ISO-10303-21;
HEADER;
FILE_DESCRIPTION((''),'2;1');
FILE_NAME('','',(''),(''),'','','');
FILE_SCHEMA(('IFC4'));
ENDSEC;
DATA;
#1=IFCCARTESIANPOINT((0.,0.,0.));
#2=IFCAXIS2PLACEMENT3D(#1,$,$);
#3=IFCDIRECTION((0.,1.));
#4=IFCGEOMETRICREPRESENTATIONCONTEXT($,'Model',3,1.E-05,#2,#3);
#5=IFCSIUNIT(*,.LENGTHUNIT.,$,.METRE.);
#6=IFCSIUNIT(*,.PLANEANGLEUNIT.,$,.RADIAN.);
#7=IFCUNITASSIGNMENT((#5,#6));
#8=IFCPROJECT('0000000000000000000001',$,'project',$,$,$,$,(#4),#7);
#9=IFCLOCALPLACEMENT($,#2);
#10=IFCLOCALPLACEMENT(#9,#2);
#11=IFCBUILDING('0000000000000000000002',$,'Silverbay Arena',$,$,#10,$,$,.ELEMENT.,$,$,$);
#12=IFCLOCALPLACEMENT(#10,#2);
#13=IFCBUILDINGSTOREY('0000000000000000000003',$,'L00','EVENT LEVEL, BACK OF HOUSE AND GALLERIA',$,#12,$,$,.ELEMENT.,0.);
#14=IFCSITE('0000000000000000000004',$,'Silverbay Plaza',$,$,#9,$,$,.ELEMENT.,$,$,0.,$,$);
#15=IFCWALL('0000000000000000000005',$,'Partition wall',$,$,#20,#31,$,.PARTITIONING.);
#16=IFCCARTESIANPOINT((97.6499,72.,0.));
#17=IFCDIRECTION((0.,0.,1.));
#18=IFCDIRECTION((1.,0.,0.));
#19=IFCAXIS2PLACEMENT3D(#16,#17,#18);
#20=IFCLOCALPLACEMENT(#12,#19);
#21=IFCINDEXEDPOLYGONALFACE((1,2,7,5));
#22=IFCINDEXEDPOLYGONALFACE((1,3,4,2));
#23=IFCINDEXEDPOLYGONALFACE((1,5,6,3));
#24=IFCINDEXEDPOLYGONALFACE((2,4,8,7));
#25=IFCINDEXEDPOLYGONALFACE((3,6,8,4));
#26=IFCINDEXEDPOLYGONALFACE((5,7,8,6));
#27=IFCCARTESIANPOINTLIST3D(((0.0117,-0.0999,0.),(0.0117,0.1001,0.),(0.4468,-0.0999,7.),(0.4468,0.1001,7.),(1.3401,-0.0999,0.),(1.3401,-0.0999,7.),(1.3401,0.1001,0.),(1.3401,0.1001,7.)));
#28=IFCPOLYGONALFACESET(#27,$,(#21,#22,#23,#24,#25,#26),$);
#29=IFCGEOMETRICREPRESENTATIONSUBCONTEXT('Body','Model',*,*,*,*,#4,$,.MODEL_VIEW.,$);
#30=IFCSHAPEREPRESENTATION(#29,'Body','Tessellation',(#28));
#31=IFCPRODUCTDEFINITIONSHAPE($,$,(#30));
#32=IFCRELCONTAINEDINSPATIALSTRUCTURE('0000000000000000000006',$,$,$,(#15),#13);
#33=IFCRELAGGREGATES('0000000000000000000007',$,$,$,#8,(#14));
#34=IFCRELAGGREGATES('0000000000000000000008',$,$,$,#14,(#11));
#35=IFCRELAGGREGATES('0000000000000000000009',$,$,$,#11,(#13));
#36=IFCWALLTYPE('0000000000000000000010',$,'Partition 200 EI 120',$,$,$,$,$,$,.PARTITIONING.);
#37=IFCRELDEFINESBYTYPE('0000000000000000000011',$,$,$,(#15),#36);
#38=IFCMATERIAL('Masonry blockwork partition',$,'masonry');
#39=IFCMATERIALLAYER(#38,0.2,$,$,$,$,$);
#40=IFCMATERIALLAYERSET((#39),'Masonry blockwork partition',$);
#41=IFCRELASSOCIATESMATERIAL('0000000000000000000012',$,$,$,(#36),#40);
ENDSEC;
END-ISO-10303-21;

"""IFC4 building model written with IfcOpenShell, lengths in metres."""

from ifc_helpers import new_model, si_unit, direction, frame, origin, place, context, subcontext, project, spatial, polyline, outline, extrude, material, layer, layer_set, type_object, element, save


model = new_model("IFC4")

# Units and contexts
model_context = context("Model", 3, precision=1e-05, world=origin(), true_north=direction((0.0, 1.0)))
body_context = subcontext(model_context, "Body", "Model", "MODEL_VIEW")
ifc_project = project(units=[si_unit("LENGTHUNIT", "METRE"), si_unit("PLANEANGLEUNIT", "RADIAN")], contexts=[model_context])

# Site, building, storey
site_placement = place(None, origin())
site = spatial("IfcSite", under=ifc_project, at=site_placement, Name="Silverbay Plaza", CompositionType="ELEMENT", RefElevation=0.0)
building_placement = place(site_placement, origin())
building = spatial("IfcBuilding", under=site, at=building_placement, Name="Silverbay Arena", CompositionType="ELEMENT")
storey_placement = place(building_placement, origin())
storey = spatial("IfcBuildingStorey", under=building, at=storey_placement, Name="L00", Description="EVENT LEVEL, BACK OF HOUSE AND GALLERIA", CompositionType="ELEMENT", Elevation=0.0)

# Wall
ifc_material_1 = material(Name="Masonry blockwork partition", Category="masonry")
ifc_layer_1 = layer(ifc_material_1, 0.2)
ifc_layer_set_1 = layer_set([ifc_layer_1], Name="Masonry blockwork partition")
wall_type_1 = type_object("IfcWallType", Name="Partition 200 EI 120", PredefinedType="PARTITIONING", material=ifc_layer_set_1)
wall_1_placement = place(storey_placement, frame((97.6499, 72.0, 0.0), z_axis=(0.0, 0.0, 1.0), x_axis=(1.0, 0.0, 0.0)))
element("IfcWall", 1, at=wall_1_placement, inside=storey, type_object=wall_type_1, Name="Partition wall", PredefinedType="PARTITIONING", context=body_context, shape_type="SweptSolid", body=[
    extrude(outline(polyline([(0.0, 0.0), (1.3401, 0.0), (1.3401, 7.0), (0.4468, 7.0), (0.0, -0.1887), (0.0, 0.0)])), frame((0.0, 0.1001, 0.0), z_axis=(0.0, -1.0, 0.0), x_axis=(1.0, 0.0, 0.0)), (0.0, 0.0, 1.0), 0.2),
])

save(model, "model.ifc")
